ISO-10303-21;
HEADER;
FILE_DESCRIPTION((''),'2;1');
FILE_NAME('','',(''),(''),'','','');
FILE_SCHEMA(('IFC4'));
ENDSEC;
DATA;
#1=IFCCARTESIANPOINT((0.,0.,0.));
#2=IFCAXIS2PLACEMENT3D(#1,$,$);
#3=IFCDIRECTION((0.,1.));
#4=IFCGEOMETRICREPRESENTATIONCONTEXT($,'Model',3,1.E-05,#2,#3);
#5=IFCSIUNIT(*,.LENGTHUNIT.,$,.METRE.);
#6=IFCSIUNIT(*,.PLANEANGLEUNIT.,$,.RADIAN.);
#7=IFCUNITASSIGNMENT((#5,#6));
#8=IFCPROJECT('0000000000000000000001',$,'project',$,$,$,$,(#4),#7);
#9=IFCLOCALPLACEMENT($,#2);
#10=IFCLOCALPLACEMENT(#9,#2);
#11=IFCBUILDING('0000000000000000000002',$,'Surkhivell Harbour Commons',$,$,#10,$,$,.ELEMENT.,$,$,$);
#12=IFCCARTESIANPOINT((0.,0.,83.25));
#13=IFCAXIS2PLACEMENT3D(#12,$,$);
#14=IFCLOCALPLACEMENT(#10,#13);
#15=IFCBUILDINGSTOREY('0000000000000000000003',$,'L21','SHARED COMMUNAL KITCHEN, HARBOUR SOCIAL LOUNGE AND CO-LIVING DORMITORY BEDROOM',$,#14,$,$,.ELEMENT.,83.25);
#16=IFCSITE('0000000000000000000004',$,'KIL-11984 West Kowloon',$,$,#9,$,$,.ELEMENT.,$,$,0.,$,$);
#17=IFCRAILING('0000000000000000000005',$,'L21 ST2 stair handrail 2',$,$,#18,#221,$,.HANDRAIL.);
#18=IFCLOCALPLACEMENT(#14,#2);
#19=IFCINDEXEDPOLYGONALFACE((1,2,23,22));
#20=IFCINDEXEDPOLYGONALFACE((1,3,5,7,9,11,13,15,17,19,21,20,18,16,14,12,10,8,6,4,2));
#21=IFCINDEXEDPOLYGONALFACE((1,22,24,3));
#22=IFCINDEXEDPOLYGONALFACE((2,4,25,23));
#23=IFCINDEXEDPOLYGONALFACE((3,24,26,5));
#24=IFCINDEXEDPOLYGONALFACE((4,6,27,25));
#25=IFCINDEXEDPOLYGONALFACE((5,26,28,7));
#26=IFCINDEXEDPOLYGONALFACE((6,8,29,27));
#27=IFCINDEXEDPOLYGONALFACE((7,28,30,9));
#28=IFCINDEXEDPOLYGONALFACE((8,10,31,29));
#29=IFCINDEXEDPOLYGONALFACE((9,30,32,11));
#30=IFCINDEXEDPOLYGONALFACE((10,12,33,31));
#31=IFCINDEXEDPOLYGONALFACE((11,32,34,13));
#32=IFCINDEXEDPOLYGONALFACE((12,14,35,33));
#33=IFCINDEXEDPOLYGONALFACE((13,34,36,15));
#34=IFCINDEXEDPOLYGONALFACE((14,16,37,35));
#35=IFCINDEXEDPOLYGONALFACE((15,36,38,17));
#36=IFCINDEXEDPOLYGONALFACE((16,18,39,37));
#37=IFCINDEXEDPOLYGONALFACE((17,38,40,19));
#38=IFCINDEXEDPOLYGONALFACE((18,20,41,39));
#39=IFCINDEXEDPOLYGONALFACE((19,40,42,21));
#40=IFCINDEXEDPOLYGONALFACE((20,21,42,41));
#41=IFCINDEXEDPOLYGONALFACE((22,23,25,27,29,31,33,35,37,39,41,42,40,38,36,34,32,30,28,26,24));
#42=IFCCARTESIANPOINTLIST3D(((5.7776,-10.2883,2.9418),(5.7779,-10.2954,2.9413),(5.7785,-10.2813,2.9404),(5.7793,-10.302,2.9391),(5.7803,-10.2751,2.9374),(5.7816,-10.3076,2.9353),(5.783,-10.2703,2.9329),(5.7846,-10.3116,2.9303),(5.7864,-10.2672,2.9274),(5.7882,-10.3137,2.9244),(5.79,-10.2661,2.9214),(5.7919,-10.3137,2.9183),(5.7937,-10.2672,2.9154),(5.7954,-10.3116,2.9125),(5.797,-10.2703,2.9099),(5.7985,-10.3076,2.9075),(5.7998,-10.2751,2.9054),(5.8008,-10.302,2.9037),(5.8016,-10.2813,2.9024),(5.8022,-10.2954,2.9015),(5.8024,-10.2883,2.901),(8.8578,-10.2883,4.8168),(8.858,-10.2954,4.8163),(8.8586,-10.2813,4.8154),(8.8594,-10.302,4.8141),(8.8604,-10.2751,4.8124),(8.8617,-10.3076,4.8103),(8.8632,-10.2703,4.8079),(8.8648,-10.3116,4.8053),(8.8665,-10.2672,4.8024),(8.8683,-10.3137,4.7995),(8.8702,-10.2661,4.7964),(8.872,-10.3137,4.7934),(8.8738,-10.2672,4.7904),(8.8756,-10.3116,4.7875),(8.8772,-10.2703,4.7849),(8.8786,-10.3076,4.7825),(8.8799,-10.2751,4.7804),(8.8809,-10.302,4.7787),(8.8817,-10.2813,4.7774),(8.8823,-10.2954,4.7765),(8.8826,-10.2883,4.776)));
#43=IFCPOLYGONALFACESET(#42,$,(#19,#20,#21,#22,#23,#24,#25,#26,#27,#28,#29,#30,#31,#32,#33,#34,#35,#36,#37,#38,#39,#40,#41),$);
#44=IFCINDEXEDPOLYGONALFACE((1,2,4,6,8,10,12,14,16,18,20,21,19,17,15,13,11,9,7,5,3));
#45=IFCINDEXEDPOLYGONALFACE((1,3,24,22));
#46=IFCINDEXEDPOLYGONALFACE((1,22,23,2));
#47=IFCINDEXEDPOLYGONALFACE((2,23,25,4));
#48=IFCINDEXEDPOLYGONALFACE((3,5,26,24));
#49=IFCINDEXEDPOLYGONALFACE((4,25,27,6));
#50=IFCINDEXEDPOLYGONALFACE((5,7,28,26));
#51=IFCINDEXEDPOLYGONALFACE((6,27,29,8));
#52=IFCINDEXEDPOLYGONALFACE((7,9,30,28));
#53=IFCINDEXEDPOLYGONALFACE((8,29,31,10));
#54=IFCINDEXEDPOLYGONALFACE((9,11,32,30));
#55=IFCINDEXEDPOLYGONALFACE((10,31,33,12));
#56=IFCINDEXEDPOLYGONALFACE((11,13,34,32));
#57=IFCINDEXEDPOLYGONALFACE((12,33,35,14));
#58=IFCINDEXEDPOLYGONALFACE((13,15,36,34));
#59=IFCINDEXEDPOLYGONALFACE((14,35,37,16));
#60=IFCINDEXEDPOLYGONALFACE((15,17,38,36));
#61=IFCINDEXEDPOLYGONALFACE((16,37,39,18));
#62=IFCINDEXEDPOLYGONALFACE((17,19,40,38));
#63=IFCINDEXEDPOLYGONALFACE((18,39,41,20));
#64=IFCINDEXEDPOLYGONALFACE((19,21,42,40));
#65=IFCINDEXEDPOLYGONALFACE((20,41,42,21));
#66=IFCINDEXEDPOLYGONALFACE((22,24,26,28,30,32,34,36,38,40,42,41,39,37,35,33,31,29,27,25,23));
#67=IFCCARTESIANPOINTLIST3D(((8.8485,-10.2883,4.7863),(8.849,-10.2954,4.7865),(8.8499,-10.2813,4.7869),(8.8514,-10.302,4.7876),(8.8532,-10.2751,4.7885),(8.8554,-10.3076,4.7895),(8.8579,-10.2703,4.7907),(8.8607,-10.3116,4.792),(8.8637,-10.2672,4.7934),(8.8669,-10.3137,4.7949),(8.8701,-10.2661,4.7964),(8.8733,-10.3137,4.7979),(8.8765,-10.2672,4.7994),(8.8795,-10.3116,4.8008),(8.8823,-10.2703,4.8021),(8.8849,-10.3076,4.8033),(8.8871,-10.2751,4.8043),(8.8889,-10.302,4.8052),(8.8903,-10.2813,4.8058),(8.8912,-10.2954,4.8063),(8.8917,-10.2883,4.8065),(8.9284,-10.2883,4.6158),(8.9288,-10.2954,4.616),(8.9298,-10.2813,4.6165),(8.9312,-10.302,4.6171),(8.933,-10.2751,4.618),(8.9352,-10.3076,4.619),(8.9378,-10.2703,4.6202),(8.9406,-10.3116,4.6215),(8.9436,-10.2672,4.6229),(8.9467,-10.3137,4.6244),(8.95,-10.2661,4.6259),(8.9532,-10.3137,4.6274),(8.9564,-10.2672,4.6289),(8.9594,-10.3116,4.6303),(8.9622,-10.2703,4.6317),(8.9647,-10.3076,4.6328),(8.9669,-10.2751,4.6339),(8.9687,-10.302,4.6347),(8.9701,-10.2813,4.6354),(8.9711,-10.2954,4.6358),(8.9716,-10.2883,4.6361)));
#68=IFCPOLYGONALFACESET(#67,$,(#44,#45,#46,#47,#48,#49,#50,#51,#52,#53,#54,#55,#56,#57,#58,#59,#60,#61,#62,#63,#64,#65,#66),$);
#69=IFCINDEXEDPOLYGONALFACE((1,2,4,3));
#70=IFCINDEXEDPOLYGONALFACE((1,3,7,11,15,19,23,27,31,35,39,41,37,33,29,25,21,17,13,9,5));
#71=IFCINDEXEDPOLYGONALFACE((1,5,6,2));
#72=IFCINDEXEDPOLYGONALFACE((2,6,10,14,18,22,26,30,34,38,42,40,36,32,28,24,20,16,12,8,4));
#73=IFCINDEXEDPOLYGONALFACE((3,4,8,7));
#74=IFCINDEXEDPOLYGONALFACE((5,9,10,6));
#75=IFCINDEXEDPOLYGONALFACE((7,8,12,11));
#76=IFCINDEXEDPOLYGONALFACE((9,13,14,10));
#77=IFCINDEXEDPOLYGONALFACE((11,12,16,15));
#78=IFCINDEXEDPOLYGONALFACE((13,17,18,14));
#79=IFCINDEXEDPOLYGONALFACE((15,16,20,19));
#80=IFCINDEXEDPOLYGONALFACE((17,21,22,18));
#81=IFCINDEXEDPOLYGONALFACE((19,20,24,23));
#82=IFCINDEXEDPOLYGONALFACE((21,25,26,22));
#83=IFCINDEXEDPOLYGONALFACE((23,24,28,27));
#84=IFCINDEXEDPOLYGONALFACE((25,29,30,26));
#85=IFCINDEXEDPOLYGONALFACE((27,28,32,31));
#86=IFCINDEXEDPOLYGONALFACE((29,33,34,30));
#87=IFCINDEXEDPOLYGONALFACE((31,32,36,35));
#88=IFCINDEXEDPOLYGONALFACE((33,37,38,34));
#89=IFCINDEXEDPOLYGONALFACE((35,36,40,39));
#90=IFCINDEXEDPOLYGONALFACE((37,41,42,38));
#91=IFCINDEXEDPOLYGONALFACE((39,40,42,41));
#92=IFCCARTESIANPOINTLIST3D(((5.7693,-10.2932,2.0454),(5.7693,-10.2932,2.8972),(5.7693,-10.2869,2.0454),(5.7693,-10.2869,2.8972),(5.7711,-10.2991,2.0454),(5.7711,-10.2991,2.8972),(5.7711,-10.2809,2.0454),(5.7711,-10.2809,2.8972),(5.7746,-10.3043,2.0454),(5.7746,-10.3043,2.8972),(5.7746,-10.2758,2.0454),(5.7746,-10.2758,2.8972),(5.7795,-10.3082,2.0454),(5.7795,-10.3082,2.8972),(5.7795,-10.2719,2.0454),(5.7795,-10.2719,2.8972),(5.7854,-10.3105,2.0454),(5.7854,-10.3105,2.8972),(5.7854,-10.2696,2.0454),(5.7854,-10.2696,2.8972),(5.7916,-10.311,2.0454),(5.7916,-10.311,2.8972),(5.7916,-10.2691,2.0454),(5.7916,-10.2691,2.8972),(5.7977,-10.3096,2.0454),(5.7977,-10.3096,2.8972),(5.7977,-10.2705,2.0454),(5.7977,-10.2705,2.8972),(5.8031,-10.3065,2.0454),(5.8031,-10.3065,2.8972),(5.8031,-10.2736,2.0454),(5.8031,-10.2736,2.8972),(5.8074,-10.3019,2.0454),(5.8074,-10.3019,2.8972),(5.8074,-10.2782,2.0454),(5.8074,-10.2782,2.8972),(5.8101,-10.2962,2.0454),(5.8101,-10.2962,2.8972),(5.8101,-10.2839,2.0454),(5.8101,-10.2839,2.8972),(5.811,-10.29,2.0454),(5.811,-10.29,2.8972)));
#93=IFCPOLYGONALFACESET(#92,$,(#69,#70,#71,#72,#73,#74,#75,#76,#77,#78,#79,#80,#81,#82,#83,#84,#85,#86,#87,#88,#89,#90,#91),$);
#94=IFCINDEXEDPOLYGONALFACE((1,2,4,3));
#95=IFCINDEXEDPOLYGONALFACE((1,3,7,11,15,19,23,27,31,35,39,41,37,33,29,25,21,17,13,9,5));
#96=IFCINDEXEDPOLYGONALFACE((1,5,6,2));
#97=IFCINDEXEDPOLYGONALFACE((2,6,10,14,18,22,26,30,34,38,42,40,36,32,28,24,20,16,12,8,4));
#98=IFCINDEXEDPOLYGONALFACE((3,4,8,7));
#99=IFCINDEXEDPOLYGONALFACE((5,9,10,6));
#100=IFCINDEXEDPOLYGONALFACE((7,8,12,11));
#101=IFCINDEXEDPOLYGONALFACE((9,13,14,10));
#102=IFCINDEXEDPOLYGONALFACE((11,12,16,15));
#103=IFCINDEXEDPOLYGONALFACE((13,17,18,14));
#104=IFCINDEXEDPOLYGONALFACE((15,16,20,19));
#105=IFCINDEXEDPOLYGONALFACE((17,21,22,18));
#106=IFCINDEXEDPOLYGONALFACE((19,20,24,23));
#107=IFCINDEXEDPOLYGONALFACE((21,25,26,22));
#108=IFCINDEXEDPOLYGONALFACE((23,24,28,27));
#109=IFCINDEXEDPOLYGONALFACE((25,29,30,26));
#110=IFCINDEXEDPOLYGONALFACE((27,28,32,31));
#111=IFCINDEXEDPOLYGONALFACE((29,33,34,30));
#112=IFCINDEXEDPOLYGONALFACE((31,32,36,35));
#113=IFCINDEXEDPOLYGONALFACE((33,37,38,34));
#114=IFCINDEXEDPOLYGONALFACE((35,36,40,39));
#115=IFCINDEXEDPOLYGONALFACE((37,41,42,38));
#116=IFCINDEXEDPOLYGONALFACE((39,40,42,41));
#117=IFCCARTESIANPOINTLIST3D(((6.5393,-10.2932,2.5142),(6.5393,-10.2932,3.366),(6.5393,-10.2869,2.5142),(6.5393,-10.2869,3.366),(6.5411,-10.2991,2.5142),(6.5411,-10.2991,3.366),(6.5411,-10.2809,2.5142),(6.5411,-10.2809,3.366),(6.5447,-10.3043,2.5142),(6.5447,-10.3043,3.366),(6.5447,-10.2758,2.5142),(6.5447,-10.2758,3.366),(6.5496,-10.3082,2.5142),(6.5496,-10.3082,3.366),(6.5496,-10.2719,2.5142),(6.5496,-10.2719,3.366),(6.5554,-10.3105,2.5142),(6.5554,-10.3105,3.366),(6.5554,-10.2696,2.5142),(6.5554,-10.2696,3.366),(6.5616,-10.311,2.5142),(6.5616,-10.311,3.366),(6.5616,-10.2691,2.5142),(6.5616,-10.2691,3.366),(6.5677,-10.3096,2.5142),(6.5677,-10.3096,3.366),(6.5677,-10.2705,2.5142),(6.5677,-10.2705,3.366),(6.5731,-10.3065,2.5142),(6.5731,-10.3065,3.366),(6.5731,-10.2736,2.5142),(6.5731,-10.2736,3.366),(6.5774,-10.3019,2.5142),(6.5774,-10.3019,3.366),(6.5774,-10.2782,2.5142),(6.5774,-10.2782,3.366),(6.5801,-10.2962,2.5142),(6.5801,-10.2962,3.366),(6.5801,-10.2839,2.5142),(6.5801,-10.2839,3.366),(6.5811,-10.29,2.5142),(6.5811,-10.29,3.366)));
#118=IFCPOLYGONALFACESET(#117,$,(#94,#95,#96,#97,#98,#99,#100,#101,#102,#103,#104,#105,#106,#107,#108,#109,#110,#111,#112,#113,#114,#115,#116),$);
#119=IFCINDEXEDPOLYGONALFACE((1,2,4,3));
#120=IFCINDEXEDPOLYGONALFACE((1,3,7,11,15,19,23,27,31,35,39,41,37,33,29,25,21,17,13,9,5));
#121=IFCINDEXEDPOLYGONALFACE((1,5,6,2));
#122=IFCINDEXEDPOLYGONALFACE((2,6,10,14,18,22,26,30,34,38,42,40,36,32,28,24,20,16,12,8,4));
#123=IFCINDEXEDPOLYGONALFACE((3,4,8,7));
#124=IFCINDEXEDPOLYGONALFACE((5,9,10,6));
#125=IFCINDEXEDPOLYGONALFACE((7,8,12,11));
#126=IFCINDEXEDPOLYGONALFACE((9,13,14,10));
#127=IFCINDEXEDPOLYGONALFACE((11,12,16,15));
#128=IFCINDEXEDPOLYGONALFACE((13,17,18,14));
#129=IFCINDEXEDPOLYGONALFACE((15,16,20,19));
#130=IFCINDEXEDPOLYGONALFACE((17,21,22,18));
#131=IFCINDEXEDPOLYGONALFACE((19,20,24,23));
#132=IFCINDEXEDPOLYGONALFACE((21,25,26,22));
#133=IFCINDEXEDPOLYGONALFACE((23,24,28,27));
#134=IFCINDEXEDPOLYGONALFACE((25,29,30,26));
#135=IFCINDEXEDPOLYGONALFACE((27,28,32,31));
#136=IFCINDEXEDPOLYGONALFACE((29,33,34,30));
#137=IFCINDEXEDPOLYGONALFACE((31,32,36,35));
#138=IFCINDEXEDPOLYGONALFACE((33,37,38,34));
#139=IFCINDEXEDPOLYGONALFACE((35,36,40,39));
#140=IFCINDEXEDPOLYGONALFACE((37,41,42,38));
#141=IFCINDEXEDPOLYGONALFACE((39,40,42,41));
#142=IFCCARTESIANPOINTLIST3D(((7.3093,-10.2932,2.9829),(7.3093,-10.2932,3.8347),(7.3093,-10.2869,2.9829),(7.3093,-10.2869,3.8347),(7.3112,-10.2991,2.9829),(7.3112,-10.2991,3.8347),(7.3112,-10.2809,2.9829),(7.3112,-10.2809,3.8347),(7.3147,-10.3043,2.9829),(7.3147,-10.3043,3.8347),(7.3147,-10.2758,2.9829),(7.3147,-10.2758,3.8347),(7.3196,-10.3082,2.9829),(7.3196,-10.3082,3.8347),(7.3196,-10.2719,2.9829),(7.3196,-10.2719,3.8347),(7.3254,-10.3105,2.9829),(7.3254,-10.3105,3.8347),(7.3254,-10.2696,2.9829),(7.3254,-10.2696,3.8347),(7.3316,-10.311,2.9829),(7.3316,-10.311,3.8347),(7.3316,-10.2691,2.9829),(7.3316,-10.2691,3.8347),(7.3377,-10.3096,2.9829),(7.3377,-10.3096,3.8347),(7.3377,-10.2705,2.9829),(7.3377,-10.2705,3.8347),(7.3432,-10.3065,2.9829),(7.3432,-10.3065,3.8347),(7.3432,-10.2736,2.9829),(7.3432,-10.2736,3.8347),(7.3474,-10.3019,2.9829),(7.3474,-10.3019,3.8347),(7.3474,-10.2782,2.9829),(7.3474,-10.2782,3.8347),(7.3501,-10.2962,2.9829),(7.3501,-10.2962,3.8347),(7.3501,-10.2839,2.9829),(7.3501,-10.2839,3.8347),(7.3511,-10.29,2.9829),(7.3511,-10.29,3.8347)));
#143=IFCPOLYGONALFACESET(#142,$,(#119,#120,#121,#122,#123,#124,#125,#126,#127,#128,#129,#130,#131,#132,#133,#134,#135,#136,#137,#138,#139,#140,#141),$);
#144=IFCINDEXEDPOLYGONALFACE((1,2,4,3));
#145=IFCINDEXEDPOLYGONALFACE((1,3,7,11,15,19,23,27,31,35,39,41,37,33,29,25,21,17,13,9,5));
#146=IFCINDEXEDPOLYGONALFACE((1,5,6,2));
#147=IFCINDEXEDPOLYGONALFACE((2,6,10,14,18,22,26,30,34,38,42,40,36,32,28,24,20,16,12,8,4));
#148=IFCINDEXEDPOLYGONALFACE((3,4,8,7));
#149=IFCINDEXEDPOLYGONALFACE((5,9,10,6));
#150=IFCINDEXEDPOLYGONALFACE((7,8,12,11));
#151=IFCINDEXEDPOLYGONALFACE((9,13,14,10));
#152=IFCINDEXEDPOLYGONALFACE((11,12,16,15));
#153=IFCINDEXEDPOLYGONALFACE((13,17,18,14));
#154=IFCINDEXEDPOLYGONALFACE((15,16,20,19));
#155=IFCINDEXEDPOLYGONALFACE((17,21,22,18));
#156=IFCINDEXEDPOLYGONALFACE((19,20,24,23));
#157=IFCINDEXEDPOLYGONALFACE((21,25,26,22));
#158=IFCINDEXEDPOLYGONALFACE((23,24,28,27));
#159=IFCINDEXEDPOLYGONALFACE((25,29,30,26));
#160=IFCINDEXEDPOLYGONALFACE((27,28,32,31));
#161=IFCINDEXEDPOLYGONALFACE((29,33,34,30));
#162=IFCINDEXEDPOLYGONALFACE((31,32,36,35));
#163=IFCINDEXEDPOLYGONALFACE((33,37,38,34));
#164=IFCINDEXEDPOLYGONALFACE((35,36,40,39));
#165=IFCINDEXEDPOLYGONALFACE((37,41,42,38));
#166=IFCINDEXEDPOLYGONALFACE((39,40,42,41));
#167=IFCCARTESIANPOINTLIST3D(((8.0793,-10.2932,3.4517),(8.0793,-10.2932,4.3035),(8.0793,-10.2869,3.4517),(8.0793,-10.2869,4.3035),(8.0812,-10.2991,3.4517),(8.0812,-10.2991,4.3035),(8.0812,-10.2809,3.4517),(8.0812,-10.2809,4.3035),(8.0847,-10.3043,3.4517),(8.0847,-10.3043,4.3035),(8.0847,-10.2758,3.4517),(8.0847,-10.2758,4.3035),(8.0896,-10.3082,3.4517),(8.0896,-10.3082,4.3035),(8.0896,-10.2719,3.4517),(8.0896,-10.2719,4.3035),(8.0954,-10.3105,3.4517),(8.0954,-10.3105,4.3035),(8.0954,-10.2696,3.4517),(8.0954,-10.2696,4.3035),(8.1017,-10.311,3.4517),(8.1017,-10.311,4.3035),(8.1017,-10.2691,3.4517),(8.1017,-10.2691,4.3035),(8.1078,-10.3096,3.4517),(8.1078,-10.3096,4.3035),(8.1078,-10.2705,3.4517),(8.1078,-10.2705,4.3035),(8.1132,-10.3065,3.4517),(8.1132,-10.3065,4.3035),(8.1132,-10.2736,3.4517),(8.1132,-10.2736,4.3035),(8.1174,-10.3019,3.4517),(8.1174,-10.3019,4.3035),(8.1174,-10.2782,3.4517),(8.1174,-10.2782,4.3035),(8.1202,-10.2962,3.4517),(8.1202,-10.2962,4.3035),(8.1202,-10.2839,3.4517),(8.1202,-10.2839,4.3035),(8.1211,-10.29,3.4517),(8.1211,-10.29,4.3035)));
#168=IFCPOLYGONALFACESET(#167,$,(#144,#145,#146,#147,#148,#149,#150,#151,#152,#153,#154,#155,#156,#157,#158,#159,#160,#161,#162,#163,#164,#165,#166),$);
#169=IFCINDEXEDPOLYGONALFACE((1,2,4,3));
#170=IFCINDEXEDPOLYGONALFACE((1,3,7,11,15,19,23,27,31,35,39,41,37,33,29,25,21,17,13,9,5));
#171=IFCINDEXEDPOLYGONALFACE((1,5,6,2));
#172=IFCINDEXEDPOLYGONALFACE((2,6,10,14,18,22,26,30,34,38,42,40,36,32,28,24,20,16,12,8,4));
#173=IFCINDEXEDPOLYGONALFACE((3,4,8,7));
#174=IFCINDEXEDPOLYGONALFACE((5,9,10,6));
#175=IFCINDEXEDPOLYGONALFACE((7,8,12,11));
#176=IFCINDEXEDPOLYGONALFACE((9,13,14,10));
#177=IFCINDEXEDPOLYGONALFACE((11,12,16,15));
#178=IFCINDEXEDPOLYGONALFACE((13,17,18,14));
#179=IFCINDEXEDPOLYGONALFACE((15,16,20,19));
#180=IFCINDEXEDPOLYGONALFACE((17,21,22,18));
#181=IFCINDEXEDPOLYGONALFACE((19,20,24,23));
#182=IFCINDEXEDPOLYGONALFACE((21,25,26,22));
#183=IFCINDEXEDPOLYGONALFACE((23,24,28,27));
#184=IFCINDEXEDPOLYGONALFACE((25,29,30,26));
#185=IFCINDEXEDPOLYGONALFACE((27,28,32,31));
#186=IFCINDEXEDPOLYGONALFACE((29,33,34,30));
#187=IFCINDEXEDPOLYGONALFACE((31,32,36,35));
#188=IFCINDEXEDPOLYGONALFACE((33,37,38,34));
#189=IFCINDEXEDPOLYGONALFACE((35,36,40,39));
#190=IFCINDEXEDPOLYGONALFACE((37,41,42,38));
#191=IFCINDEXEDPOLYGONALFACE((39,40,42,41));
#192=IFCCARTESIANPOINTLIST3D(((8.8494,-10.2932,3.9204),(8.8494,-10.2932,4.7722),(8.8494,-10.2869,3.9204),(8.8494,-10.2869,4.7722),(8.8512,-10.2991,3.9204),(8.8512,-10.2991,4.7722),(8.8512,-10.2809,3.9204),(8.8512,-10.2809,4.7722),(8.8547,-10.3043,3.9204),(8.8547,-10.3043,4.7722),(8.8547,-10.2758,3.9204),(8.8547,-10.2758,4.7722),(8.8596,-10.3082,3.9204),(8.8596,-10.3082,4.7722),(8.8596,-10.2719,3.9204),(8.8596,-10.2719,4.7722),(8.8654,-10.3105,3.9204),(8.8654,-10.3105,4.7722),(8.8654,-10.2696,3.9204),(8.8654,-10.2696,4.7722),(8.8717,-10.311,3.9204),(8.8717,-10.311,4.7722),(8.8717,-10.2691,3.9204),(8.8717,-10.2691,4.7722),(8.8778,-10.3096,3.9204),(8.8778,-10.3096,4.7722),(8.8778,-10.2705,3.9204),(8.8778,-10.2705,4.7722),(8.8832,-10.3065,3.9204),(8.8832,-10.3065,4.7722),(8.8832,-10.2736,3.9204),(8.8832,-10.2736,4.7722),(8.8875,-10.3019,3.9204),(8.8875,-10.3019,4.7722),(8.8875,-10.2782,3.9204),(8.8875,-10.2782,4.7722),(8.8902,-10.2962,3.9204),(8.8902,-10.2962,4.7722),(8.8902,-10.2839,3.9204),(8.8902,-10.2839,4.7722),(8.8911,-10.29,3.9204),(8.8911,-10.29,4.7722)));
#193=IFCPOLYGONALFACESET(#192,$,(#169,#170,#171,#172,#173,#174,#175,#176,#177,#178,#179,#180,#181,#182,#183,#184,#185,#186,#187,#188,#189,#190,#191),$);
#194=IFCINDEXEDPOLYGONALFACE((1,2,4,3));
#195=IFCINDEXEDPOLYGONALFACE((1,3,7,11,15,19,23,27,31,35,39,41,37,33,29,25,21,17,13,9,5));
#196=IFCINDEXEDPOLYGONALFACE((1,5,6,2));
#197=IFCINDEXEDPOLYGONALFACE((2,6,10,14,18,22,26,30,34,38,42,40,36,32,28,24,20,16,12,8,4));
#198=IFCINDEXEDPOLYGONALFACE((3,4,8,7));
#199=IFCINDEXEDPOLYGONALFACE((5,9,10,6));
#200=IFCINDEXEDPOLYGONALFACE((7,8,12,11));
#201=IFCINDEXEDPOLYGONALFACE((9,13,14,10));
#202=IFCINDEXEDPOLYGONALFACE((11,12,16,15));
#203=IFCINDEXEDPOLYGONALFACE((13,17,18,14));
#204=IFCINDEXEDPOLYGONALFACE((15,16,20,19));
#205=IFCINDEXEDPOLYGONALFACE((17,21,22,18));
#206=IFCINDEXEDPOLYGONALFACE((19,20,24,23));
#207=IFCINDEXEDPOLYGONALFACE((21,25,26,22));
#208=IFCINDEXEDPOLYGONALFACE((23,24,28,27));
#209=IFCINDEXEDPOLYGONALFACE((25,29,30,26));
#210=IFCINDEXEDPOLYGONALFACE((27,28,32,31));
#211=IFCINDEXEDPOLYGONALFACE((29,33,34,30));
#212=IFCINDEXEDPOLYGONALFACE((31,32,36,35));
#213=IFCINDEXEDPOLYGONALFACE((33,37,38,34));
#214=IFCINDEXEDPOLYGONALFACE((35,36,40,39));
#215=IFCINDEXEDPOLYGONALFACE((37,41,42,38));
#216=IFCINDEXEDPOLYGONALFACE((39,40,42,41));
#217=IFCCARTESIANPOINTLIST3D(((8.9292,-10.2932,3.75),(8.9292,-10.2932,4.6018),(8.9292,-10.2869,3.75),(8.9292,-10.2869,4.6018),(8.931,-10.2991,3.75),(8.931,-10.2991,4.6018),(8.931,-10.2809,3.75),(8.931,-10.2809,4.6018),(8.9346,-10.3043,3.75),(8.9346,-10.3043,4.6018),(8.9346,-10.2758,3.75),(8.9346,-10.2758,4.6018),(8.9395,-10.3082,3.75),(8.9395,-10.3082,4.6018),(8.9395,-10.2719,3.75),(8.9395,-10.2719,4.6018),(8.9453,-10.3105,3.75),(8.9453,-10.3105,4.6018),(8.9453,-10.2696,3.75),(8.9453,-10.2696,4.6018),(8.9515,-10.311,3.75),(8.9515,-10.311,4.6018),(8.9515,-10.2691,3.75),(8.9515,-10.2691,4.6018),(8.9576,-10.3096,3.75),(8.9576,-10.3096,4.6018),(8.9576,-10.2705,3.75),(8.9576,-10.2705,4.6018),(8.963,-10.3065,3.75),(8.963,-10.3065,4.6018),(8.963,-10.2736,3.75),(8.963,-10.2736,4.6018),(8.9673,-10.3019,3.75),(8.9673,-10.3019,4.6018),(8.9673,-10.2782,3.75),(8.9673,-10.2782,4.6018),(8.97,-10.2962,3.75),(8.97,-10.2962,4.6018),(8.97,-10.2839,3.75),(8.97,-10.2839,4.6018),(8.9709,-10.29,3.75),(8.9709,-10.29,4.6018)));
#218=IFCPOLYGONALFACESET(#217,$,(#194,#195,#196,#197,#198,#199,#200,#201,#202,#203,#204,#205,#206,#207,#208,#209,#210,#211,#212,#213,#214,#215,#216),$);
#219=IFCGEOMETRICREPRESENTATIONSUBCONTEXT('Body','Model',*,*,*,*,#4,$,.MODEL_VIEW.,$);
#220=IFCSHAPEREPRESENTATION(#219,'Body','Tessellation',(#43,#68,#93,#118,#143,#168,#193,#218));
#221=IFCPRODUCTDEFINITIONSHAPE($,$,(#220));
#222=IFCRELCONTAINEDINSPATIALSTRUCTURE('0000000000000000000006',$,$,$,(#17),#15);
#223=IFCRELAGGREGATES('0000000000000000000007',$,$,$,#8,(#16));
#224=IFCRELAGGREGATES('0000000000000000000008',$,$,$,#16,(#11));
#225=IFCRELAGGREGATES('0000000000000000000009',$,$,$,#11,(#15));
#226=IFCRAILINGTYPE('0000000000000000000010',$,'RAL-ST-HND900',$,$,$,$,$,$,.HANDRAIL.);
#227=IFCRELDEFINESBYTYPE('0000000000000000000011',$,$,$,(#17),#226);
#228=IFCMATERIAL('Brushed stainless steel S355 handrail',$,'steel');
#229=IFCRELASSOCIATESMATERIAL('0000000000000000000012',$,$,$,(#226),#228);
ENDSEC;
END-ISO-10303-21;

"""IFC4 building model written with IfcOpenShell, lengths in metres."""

from ifc_helpers import new_model, si_unit, direction, frame, origin, origin_2d, place, context, subcontext, project, spatial, circle, extrude, material, type_object, element, save


model = new_model("IFC4")

# Units and contexts
model_context = context("Model", 3, precision=1e-05, world=origin(), true_north=direction((0.0, 1.0)))
body_context = subcontext(model_context, "Body", "Model", "MODEL_VIEW")
ifc_project = project(units=[si_unit("LENGTHUNIT", "METRE"), si_unit("PLANEANGLEUNIT", "RADIAN")], contexts=[model_context])

# Site, building, storey
site_placement = place(None, origin())
site = spatial("IfcSite", under=ifc_project, at=site_placement, Name="KIL-11984 West Kowloon", CompositionType="ELEMENT", RefElevation=0.0)
building_placement = place(site_placement, origin())
building = spatial("IfcBuilding", under=site, at=building_placement, Name="Surkhivell Harbour Commons", CompositionType="ELEMENT")
storey_placement = place(building_placement, frame((0.0, 0.0, 83.25)))
storey = spatial("IfcBuildingStorey", under=building, at=storey_placement, Name="L21", Description="SHARED COMMUNAL KITCHEN, HARBOUR SOCIAL LOUNGE AND CO-LIVING DORMITORY BEDROOM", CompositionType="ELEMENT", Elevation=83.25)

# Railing
ifc_material_1 = material(Name="Brushed stainless steel S355 handrail", Category="steel")
railing_type_1 = type_object("IfcRailingType", Name="RAL-ST-HND900", PredefinedType="HANDRAIL", material=ifc_material_1)
railing_1_placement = place(storey_placement, frame((5.79, -10.29, 2.0454)))
element("IfcRailing", 1, at=railing_1_placement, inside=storey, type_object=railing_type_1, Name="L21 ST2 stair handrail 2", PredefinedType="HANDRAIL", context=body_context, shape_type="SweptSolid", body=[
    extrude(circle(Radius=0.0239, at=origin_2d()), frame((0.0, 0.0, 0.876), z_axis=(0.854178, 0.0, 0.519981), x_axis=(0.0, 1.0, 0.0)), (0.0, 0.0, 1.0), 3.606),
    extrude(circle(Radius=0.0239, at=origin_2d()), frame((3.0801, 0.0, 2.751), z_axis=(0.424234, 0.0, -0.905552), x_axis=(0.0, 1.0, 0.0)), (0.0, 0.0, 1.0), 0.1882),
    extrude(circle(Radius=0.021, at=origin_2d()), origin(), (0.0, 0.0, 1.0), 0.8518),
    extrude(circle(Radius=0.021, at=origin_2d()), frame((0.77, 0.0, 0.4688)), (0.0, 0.0, 1.0), 0.8518),
    extrude(circle(Radius=0.021, at=origin_2d()), frame((1.54, 0.0, 0.9375)), (0.0, 0.0, 1.0), 0.8518),
    extrude(circle(Radius=0.021, at=origin_2d()), frame((2.3101, 0.0, 1.4062)), (0.0, 0.0, 1.0), 0.8518),
    extrude(circle(Radius=0.021, at=origin_2d()), frame((3.0801, 0.0, 1.875)), (0.0, 0.0, 1.0), 0.8518),
    extrude(circle(Radius=0.021, at=origin_2d()), frame((3.1599, 0.0, 1.7046)), (0.0, 0.0, 1.0), 0.8518),
])

save(model, "model.ifc")
